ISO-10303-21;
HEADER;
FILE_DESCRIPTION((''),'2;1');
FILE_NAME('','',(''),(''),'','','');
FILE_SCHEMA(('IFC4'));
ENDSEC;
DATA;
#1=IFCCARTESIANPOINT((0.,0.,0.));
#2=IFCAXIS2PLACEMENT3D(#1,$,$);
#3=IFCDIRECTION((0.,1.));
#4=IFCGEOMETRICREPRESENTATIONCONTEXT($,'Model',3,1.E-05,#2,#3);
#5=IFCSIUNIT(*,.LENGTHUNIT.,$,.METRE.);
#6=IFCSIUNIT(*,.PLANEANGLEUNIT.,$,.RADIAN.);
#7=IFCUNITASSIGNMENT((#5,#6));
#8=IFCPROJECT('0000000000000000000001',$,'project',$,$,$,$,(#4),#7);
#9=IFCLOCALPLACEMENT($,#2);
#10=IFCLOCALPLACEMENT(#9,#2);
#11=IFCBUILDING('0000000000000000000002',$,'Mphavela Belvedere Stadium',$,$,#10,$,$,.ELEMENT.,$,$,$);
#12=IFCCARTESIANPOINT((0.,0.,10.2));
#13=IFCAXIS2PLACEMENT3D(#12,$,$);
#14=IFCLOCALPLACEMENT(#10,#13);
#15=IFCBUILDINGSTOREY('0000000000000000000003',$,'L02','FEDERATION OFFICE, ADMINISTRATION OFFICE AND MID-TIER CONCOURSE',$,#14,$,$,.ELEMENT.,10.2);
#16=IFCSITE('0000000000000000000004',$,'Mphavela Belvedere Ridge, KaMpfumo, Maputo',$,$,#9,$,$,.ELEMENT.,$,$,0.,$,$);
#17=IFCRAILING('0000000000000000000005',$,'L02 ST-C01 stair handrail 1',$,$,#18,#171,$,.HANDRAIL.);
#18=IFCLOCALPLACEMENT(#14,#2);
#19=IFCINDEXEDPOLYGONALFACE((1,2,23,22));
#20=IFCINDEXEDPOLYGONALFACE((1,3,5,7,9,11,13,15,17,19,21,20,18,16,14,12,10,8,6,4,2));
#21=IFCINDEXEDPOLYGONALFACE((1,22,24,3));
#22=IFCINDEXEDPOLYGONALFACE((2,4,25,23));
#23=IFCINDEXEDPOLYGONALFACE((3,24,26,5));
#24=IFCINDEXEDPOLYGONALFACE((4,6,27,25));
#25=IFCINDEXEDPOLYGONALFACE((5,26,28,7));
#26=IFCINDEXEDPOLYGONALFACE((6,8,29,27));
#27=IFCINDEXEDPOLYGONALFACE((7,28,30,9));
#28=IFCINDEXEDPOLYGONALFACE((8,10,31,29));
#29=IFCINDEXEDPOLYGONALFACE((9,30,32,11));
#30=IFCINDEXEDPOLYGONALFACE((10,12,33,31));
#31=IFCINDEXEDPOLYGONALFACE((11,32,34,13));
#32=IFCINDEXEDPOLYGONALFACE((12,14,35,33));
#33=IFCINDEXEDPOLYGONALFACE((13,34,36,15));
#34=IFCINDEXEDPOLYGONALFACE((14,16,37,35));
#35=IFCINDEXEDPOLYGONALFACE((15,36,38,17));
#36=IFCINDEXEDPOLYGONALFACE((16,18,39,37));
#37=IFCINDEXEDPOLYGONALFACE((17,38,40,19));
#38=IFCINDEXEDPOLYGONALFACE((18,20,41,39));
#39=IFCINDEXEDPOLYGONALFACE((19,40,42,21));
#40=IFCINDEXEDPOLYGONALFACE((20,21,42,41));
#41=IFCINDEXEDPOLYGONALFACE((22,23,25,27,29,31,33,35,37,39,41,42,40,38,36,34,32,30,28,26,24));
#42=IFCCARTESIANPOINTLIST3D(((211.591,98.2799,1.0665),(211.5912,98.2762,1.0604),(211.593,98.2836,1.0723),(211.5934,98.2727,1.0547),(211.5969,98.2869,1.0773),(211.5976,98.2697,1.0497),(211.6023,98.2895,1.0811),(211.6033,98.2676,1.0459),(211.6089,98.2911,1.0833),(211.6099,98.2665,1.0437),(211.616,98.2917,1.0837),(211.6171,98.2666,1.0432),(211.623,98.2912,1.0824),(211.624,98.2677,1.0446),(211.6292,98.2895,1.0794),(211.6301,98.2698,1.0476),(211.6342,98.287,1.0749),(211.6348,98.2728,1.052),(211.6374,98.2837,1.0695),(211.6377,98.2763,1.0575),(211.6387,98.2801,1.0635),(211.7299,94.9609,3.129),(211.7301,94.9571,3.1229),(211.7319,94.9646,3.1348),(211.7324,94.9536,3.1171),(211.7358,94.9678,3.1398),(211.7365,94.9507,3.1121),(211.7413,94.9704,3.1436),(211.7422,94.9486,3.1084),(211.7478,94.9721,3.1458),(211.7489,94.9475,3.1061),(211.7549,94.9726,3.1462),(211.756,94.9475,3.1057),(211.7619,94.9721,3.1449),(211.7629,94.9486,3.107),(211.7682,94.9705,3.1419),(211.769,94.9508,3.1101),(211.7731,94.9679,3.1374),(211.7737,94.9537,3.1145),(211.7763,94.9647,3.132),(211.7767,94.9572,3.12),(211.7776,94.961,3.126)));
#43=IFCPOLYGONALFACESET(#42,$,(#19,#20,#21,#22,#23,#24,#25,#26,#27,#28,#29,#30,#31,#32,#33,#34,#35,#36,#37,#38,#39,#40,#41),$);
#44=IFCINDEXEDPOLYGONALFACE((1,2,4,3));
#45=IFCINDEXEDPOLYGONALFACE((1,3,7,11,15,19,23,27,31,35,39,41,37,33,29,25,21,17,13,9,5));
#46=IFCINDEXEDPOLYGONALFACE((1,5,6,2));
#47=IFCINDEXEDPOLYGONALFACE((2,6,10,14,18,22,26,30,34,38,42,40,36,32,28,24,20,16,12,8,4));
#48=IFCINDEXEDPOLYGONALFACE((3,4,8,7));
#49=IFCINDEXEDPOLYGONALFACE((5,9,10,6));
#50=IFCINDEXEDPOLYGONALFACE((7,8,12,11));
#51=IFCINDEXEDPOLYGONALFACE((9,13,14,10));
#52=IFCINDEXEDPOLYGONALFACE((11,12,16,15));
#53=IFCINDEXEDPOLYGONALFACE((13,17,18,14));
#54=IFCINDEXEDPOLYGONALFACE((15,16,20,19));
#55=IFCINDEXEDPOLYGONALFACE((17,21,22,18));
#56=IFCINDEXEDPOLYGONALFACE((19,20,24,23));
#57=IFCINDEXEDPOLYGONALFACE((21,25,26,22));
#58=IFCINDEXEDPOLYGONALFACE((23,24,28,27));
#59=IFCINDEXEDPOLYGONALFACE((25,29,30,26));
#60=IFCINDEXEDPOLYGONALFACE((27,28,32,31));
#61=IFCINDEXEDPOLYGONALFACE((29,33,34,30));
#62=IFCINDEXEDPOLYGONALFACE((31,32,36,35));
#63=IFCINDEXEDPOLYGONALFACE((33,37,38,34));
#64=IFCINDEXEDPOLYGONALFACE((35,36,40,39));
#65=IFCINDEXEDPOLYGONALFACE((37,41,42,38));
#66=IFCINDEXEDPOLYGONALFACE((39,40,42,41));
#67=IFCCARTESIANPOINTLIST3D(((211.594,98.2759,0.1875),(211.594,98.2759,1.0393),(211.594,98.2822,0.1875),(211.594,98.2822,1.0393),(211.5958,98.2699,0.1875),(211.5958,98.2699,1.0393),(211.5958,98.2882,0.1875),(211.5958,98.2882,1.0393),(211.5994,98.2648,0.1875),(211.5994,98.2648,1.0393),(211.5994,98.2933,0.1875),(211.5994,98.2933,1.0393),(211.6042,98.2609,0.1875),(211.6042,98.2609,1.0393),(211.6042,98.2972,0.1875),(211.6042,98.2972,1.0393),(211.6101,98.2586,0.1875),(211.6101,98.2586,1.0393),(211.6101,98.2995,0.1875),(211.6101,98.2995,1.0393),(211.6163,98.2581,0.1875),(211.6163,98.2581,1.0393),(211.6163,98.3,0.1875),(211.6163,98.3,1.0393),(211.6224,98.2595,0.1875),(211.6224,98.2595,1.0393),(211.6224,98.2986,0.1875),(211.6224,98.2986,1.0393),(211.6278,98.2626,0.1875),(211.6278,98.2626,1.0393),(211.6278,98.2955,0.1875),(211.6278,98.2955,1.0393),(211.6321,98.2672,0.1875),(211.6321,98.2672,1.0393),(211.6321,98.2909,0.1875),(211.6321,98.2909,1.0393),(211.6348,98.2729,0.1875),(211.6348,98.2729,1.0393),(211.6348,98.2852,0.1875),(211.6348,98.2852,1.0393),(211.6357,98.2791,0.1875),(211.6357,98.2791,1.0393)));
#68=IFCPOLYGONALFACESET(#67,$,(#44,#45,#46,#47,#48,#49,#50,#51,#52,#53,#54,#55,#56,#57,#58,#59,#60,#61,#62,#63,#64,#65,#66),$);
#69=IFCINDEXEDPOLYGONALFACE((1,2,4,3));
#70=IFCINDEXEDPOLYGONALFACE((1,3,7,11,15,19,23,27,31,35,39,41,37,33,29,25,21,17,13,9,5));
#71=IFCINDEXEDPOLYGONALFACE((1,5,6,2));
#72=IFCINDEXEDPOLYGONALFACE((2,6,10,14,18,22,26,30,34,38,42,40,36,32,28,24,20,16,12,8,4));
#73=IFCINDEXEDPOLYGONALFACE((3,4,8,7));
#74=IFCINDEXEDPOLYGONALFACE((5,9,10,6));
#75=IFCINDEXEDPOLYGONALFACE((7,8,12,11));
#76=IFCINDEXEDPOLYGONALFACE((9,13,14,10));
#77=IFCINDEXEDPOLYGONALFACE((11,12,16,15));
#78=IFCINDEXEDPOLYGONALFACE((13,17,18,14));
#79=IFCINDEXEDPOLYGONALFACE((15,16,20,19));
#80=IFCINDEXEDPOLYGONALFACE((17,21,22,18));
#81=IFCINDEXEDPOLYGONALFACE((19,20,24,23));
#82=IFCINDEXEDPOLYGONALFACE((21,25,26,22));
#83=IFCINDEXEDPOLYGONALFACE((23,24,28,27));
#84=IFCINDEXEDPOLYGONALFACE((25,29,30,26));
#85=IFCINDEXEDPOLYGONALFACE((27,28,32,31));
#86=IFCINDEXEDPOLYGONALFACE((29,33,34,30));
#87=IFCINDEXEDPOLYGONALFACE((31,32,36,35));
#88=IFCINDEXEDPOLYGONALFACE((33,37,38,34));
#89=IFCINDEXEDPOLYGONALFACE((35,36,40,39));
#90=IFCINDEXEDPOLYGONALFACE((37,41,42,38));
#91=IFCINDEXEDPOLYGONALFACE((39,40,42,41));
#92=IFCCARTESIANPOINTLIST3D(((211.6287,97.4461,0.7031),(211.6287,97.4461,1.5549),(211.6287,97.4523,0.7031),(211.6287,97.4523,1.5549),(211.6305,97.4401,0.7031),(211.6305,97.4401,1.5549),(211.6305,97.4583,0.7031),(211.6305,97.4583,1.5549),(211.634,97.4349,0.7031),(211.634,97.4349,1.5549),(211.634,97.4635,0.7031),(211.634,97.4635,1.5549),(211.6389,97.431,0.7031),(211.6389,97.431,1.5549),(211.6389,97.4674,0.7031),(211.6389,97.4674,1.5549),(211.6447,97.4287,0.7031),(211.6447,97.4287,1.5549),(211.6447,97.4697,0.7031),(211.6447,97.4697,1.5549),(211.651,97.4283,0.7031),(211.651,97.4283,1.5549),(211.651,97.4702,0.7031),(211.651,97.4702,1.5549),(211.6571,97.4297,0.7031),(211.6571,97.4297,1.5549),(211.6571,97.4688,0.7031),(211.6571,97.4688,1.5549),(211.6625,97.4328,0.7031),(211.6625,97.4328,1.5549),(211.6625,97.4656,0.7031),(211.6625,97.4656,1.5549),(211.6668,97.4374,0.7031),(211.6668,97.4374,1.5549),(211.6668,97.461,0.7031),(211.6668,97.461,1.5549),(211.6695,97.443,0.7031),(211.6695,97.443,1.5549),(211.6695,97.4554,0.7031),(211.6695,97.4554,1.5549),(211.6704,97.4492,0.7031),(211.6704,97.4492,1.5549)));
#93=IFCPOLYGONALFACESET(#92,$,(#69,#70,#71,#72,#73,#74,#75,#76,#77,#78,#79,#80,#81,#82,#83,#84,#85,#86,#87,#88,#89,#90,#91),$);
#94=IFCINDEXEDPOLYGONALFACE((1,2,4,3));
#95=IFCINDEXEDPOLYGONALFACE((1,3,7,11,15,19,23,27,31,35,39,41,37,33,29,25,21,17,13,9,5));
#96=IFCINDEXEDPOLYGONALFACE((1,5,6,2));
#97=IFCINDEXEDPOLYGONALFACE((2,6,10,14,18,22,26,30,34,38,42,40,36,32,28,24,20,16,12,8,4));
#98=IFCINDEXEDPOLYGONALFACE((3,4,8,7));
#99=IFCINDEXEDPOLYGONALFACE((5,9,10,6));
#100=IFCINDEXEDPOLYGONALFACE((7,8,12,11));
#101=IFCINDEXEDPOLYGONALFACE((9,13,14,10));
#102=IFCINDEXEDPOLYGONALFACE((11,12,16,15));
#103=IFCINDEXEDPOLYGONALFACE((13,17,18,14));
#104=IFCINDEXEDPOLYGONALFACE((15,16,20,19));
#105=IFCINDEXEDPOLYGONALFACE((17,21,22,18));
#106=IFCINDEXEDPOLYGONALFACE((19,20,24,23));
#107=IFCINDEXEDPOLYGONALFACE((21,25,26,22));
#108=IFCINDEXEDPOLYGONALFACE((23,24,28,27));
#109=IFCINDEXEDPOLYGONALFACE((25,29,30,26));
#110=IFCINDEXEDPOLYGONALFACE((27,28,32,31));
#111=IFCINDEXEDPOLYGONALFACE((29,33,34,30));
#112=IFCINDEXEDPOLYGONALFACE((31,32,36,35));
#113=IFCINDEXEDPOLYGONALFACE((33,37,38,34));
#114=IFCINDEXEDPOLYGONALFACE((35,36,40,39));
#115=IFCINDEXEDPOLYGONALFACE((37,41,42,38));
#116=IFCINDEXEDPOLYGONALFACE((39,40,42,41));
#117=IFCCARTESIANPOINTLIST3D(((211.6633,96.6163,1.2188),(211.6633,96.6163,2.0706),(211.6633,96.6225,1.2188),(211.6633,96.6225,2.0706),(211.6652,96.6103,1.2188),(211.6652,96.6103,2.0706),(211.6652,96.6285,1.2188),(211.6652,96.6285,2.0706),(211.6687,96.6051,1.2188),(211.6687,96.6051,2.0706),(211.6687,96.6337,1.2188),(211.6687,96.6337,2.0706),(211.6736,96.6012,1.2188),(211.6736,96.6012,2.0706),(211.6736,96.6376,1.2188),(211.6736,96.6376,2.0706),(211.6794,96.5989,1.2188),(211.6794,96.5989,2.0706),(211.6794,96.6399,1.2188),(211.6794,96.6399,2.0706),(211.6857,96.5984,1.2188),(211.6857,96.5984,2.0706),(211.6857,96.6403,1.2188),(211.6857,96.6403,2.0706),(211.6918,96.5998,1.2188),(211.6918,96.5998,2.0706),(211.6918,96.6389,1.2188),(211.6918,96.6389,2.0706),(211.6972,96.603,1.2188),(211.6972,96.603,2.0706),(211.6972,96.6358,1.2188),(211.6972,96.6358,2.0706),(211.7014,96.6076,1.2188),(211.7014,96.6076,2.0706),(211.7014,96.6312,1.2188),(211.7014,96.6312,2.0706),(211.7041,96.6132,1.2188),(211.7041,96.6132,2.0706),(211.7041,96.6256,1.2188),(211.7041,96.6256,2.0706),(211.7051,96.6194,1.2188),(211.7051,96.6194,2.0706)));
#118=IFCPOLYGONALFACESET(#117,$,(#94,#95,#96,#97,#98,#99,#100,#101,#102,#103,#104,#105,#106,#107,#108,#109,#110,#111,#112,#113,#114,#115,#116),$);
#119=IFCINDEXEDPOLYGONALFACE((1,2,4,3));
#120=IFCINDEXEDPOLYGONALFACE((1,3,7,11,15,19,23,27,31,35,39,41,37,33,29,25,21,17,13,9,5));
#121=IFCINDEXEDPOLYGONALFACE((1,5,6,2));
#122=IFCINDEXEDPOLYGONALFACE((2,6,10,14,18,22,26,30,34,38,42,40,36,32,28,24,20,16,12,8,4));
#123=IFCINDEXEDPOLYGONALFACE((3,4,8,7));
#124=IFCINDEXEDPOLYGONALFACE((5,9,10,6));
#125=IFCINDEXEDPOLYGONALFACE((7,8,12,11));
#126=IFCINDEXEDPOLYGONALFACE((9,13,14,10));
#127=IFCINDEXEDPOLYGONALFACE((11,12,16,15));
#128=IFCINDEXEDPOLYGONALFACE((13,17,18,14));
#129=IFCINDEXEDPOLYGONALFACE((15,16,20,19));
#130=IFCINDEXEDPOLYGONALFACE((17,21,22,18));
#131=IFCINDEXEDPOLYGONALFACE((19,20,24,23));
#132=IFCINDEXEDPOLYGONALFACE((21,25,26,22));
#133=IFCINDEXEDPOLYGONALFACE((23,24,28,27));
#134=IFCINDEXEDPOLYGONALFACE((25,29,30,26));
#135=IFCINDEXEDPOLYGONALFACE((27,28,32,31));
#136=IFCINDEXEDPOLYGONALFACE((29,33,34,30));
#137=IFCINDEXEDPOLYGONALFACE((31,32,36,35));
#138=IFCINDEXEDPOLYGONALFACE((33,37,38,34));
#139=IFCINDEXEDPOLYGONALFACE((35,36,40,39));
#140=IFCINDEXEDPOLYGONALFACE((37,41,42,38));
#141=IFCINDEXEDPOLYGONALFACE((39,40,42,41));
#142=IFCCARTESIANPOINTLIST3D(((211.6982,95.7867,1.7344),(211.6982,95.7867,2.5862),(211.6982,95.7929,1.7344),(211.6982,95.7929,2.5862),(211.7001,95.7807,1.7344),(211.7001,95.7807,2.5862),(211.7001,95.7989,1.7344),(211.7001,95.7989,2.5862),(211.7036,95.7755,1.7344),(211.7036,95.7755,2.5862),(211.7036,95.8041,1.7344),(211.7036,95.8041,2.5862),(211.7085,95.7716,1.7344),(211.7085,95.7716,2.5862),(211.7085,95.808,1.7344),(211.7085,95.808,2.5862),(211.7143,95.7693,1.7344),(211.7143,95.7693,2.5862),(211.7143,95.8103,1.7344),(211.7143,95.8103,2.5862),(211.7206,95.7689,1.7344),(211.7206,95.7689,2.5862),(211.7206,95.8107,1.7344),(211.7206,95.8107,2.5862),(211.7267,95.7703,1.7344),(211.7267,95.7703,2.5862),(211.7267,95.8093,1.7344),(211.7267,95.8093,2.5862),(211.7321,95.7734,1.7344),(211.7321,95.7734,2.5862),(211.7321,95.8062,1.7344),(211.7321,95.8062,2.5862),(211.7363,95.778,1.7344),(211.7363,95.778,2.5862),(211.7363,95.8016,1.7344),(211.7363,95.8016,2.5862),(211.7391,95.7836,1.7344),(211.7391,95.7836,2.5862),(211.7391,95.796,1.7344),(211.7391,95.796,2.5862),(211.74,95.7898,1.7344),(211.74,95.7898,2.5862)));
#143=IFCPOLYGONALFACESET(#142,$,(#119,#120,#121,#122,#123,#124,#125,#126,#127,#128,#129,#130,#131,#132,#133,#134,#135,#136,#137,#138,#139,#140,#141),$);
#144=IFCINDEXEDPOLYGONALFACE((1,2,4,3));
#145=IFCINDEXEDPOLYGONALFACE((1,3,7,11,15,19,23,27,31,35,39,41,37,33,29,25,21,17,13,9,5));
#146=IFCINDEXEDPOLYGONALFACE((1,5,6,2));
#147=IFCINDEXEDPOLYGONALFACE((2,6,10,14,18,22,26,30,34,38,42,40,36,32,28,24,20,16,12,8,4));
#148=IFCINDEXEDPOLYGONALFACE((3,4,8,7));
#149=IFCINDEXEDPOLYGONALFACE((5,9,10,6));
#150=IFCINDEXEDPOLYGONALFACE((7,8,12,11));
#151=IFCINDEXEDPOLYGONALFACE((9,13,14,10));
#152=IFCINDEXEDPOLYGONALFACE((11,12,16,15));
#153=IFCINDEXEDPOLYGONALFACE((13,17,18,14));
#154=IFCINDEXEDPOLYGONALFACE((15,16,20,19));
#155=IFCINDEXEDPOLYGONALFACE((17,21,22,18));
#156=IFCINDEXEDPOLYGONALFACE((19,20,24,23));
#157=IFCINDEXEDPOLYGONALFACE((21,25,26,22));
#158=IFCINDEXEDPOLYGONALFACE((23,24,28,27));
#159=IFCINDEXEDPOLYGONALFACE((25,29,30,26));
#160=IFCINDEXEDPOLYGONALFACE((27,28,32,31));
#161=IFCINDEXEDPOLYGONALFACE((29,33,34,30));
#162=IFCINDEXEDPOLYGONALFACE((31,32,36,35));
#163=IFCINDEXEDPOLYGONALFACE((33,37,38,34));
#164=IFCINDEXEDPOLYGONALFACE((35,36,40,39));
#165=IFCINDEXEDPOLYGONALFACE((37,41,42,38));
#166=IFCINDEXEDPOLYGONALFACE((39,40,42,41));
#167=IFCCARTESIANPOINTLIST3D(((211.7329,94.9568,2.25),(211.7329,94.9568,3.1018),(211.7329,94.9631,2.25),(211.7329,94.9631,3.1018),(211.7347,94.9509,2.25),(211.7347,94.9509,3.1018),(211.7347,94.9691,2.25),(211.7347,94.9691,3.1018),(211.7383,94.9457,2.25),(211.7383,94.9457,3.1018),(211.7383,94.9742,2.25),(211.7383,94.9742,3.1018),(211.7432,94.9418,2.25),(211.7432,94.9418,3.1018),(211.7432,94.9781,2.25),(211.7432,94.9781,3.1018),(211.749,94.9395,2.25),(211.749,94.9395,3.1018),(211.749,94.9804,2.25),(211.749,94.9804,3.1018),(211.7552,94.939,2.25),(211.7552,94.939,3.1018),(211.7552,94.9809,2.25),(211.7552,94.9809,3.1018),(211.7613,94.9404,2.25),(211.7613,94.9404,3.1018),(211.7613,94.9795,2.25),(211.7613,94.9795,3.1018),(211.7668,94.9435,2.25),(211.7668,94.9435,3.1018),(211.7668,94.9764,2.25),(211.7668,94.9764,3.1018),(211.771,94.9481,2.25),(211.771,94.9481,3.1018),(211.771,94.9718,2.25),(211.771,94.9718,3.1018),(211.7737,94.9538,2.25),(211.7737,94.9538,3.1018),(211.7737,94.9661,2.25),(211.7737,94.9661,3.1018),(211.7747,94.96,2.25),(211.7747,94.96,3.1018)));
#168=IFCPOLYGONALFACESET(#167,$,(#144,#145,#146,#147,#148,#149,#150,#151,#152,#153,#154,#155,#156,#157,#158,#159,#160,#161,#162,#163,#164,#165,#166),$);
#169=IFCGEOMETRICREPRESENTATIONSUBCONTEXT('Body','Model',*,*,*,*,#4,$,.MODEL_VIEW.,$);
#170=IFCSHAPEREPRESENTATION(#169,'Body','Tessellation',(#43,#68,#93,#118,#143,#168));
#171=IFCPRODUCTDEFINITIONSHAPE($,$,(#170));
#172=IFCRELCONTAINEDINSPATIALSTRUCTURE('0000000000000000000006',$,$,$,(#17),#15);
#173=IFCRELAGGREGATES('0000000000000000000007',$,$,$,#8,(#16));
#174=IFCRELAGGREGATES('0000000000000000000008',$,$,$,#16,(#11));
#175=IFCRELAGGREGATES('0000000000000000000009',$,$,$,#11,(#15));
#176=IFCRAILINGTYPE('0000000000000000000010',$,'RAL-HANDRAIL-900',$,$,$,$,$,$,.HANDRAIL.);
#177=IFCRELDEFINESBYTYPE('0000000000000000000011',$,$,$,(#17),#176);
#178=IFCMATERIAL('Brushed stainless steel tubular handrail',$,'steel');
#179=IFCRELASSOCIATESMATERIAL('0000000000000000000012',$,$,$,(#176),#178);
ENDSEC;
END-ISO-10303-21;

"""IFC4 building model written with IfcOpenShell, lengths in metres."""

from ifc_helpers import new_model, si_unit, direction, frame, origin, origin_2d, place, context, subcontext, project, spatial, circle, extrude, material, type_object, element, save


model = new_model("IFC4")

# Units and contexts
model_context = context("Model", 3, precision=1e-05, world=origin(), true_north=direction((0.0, 1.0)))
body_context = subcontext(model_context, "Body", "Model", "MODEL_VIEW")
ifc_project = project(units=[si_unit("LENGTHUNIT", "METRE"), si_unit("PLANEANGLEUNIT", "RADIAN")], contexts=[model_context])

# Site, building, storey
site_placement = place(None, origin())
site = spatial("IfcSite", under=ifc_project, at=site_placement, Name="Mphavela Belvedere Ridge, KaMpfumo, Maputo", CompositionType="ELEMENT", RefElevation=0.0)
building_placement = place(site_placement, origin())
building = spatial("IfcBuilding", under=site, at=building_placement, Name="Mphavela Belvedere Stadium", CompositionType="ELEMENT")
storey_placement = place(building_placement, frame((0.0, 0.0, 10.2)))
storey = spatial("IfcBuildingStorey", under=building, at=storey_placement, Name="L02", Description="FEDERATION OFFICE, ADMINISTRATION OFFICE AND MID-TIER CONCOURSE", CompositionType="ELEMENT", Elevation=10.2)

# Railing
ifc_material_1 = material(Name="Brushed stainless steel tubular handrail", Category="steel")
railing_type_1 = type_object("IfcRailingType", Name="RAL-HANDRAIL-900", PredefinedType="HANDRAIL", material=ifc_material_1)
railing_1_placement = place(storey_placement, frame((211.6147, 98.2791, 0.1875)))
element("IfcRailing", 1, at=railing_1_placement, inside=storey, type_object=railing_type_1, Name="L02 ST-C01 stair handrail 1", PredefinedType="HANDRAIL", context=body_context, shape_type="SweptSolid", body=[
    extrude(circle(Radius=0.0239, at=origin_2d()), frame((0.0, 0.0, 0.876), z_axis=(0.035527, -0.848832, 0.527468), x_axis=(0.999125, 0.041817, 0.0)), (0.0, 0.0, 1.0), 3.9102),
    extrude(circle(Radius=0.021, at=origin_2d()), origin(), (0.0, 0.0, 1.0), 0.8518),
    extrude(circle(Radius=0.021, at=origin_2d()), frame((0.0347, -0.8298, 0.5156)), (0.0, 0.0, 1.0), 0.8518),
    extrude(circle(Radius=0.021, at=origin_2d()), frame((0.0693, -1.6597, 1.0312)), (0.0, 0.0, 1.0), 0.8518),
    extrude(circle(Radius=0.021, at=origin_2d()), frame((0.1042, -2.4893, 1.5469)), (0.0, 0.0, 1.0), 0.8518),
    extrude(circle(Radius=0.021, at=origin_2d()), frame((0.1389, -3.3191, 2.0625)), (0.0, 0.0, 1.0), 0.8518),
])

save(model, "model.ifc")
